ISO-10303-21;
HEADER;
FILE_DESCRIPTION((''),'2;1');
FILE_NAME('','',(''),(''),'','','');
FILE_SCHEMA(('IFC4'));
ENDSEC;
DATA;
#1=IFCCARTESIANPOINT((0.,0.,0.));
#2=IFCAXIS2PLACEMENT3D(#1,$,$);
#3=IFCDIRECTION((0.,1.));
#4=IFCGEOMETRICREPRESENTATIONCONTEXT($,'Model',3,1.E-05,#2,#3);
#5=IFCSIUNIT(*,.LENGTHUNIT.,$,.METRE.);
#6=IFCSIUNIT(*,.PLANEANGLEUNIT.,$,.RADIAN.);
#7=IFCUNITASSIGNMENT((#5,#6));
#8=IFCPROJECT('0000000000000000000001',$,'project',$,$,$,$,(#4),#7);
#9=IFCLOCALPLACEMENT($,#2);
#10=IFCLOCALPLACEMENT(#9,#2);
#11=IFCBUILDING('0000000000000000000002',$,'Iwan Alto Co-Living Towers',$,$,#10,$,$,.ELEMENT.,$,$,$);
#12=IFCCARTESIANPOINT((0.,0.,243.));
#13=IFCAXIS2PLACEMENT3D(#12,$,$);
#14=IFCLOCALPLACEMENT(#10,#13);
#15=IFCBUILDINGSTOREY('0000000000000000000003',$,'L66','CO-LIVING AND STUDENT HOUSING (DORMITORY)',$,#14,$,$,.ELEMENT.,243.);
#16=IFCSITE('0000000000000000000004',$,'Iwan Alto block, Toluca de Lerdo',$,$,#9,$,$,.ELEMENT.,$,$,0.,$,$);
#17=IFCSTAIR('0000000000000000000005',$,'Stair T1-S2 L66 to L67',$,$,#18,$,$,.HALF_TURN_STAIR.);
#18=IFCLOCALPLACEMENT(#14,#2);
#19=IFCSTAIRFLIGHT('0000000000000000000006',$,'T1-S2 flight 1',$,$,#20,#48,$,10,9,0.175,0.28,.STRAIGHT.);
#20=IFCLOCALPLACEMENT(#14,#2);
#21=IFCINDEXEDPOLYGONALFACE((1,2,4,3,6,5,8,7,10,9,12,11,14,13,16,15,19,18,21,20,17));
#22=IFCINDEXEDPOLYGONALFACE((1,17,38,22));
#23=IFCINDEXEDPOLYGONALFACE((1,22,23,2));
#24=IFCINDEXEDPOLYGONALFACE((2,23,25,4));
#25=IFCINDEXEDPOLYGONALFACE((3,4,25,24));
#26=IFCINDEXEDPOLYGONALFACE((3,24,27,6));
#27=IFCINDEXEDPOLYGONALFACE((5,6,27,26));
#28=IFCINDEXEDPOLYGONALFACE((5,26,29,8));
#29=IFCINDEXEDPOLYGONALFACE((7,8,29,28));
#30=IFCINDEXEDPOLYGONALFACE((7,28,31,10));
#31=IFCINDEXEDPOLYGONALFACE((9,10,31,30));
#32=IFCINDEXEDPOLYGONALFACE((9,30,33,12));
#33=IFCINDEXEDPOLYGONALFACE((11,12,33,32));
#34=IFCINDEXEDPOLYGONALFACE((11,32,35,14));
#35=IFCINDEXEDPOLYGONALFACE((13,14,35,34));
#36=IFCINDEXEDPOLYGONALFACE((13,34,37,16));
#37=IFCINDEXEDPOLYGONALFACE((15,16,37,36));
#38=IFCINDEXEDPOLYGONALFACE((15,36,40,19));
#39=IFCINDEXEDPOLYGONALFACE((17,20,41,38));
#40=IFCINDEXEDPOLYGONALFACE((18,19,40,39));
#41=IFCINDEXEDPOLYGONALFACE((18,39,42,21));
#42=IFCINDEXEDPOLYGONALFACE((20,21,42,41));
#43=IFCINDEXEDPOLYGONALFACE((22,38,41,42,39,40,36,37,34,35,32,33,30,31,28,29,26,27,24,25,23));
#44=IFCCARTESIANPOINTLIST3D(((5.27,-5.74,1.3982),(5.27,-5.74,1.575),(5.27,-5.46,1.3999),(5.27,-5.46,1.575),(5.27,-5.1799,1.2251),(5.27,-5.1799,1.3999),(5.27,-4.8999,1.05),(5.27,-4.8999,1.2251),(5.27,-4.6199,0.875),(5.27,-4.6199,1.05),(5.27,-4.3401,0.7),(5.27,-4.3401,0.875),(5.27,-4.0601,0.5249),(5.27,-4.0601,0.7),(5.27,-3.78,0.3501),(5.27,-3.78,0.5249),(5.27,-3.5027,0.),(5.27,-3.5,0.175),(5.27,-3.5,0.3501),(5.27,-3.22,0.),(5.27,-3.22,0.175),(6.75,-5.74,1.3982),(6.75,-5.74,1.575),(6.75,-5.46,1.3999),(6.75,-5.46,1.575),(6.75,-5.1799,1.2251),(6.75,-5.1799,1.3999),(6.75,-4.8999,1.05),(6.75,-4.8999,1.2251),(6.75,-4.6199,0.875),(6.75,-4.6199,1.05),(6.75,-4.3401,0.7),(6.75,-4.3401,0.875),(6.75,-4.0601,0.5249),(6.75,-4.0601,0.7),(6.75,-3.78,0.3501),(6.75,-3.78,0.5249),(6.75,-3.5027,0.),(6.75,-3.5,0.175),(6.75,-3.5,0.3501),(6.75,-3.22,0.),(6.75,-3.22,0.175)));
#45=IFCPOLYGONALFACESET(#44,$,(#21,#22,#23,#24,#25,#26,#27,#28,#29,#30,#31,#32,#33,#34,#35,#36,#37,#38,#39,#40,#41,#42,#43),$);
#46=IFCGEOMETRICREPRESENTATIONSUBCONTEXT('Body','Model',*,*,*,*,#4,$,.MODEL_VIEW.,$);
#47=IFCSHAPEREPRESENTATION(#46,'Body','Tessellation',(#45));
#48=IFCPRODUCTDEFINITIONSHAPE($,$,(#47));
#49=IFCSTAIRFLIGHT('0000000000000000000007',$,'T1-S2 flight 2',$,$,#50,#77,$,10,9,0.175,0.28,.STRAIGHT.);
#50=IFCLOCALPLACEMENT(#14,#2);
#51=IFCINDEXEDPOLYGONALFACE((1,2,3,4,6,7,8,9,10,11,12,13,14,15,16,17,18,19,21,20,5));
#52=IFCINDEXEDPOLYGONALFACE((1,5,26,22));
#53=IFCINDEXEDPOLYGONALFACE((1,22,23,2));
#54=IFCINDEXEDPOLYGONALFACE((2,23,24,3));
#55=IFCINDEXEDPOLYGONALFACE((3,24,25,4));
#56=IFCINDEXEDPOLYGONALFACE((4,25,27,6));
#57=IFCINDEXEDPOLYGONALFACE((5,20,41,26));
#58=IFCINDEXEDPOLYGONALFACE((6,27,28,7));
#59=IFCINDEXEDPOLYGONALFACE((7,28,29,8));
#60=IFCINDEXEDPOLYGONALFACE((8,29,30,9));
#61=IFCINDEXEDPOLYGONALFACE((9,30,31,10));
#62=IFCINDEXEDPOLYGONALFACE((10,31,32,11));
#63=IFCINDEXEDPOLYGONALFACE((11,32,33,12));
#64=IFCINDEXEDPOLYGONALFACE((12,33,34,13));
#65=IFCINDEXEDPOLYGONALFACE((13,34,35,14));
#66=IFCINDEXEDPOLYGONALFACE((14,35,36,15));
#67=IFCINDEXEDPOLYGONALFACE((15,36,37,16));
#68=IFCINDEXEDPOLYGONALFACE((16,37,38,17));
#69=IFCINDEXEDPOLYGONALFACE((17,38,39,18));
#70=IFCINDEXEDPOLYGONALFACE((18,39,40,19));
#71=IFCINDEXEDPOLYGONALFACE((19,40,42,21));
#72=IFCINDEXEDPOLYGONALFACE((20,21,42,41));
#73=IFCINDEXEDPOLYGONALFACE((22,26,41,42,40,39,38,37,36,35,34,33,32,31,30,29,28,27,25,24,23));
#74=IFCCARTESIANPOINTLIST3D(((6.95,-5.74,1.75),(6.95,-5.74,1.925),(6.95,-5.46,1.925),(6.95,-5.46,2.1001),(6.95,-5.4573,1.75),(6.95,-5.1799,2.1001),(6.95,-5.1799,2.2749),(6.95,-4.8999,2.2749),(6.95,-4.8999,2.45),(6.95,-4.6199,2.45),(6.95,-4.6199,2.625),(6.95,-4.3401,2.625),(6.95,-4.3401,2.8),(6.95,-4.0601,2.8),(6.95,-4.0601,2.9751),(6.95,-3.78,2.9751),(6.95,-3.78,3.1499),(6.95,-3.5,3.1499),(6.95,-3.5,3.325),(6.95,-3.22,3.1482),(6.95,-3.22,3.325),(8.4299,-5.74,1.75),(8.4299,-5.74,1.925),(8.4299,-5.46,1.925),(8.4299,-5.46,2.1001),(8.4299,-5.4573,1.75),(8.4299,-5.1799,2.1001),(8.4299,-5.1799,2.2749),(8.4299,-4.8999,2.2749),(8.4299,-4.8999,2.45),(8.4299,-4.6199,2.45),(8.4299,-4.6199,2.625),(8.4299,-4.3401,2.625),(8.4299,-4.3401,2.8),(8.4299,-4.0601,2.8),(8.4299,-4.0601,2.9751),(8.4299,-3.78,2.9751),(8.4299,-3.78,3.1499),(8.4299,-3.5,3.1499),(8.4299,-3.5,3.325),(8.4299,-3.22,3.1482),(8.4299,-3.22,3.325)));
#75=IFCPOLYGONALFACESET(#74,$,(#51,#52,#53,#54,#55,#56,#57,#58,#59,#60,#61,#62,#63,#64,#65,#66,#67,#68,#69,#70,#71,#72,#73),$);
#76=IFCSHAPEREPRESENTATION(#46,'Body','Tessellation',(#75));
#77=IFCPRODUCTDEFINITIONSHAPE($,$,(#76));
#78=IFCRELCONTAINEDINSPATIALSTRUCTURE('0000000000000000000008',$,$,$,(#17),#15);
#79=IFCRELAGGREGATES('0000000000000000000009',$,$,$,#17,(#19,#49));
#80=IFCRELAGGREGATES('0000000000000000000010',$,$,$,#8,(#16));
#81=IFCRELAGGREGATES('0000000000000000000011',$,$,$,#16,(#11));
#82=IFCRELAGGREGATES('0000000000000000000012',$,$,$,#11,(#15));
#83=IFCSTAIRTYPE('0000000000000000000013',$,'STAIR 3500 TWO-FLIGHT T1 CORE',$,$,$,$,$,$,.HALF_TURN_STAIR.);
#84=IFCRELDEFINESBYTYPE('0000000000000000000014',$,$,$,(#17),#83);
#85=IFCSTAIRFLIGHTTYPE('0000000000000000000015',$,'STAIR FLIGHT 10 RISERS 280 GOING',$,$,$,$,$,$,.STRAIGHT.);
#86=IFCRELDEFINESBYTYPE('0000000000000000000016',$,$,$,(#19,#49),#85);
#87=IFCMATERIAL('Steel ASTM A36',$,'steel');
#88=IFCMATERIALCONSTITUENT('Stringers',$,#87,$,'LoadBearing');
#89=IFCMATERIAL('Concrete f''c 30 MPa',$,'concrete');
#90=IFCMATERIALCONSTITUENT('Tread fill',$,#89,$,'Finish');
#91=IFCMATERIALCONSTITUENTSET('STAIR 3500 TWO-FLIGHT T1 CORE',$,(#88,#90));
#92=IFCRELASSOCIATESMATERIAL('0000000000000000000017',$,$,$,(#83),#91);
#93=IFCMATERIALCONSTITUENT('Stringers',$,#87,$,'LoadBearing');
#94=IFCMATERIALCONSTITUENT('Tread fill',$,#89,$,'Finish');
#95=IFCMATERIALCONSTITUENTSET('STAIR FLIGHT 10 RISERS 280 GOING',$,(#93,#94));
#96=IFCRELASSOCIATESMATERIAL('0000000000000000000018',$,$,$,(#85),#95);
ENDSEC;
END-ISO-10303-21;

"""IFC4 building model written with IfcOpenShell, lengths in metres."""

from ifc_helpers import new_model, si_unit, direction, frame, origin, place, context, subcontext, project, spatial, polyline, outline, extrude, material, constituent, constituent_set, type_object, element, aggregate, save


model = new_model("IFC4")

# Units and contexts
model_context = context("Model", 3, precision=1e-05, world=origin(), true_north=direction((0.0, 1.0)))
body_context = subcontext(model_context, "Body", "Model", "MODEL_VIEW")
ifc_project = project(units=[si_unit("LENGTHUNIT", "METRE"), si_unit("PLANEANGLEUNIT", "RADIAN")], contexts=[model_context])

# Site, building, storey
site_placement = place(None, origin())
site = spatial("IfcSite", under=ifc_project, at=site_placement, Name="Iwan Alto block, Toluca de Lerdo", CompositionType="ELEMENT", RefElevation=0.0)
building_placement = place(site_placement, origin())
building = spatial("IfcBuilding", under=site, at=building_placement, Name="Iwan Alto Co-Living Towers", CompositionType="ELEMENT")
storey_placement = place(building_placement, frame((0.0, 0.0, 243.0)))
storey = spatial("IfcBuildingStorey", under=building, at=storey_placement, Name="L66", Description="CO-LIVING AND STUDENT HOUSING (DORMITORY)", CompositionType="ELEMENT", Elevation=243.0)

# Shared definitions
ifc_material_1 = material(Name="Steel ASTM A36", Category="steel")
ifc_constituent_1 = constituent(ifc_material_1, Name="Stringers", Category="LoadBearing")
ifc_material_2 = material(Name="Concrete f'c 30 MPa", Category="concrete")
ifc_constituent_2 = constituent(ifc_material_2, Name="Tread fill", Category="Finish")
ifc_constituent_set_1 = constituent_set(constituents=[ifc_constituent_1, ifc_constituent_2], Name="STAIR 3500 TWO-FLIGHT T1 CORE")
stair_type = type_object("IfcStairType", Name="STAIR 3500 TWO-FLIGHT T1 CORE", PredefinedType="HALF_TURN_STAIR", material=ifc_constituent_set_1)

# Stair, stair flights
stair_1_placement = place(storey_placement, origin())
stair_1 = element("IfcStair", 1, at=stair_1_placement, inside=storey, type_object=stair_type, Name="Stair T1-S2 L66 to L67", PredefinedType="HALF_TURN_STAIR")
ifc_constituent_3 = constituent(ifc_material_1, Name="Stringers", Category="LoadBearing")
ifc_constituent_4 = constituent(ifc_material_2, Name="Tread fill", Category="Finish")
ifc_constituent_set_2 = constituent_set(constituents=[ifc_constituent_3, ifc_constituent_4], Name="STAIR FLIGHT 10 RISERS 280 GOING")
stair_flight_type = type_object("IfcStairFlightType", Name="STAIR FLIGHT 10 RISERS 280 GOING", PredefinedType="STRAIGHT", material=ifc_constituent_set_2)
stair_flight_1_placement = place(storey_placement, frame((6.01, -3.22, 0.0), z_axis=(0.0, 0.0, 1.0), x_axis=(0.0, -1.0, 0.0)))
stair_flight_1 = element("IfcStairFlight", 2, at=stair_flight_1_placement, type_object=stair_flight_type, Name="T1-S2 flight 1", NumberOfRisers=10, NumberOfTreads=9, PredefinedType="STRAIGHT", RiserHeight=0.175, TreadLength=0.28, context=body_context, shape_type="SweptSolid", body=[
    extrude(outline(polyline([(0.0, 0.0), (0.0, 0.175), (0.28, 0.175), (0.28, 0.3501), (0.5601, 0.3501), (0.5601, 0.5249), (0.8401, 0.5249), (0.8401, 0.7), (1.1201, 0.7), (1.1201, 0.875), (1.3999, 0.875), (1.3999, 1.05), (1.6799, 1.05), (1.6799, 1.2251), (1.96, 1.2251), (1.96, 1.3999), (2.24, 1.3999), (2.24, 1.575), (2.52, 1.575), (2.52, 1.75), (2.52, 1.3982), (0.2827, 0.0), (0.0, 0.0)])), frame((0.0, 0.74, 0.0), z_axis=(0.0, -1.0, 0.0), x_axis=(1.0, 0.0, 0.0)), (0.0, 0.0, 1.0), 1.48),
])
stair_flight_2_placement = place(storey_placement, frame((7.6899, -5.74, 1.75), z_axis=(0.0, 0.0, 1.0), x_axis=(0.0, 1.0, 0.0)))
stair_flight_2 = element("IfcStairFlight", 3, at=stair_flight_2_placement, type_object=stair_flight_type, Name="T1-S2 flight 2", NumberOfRisers=10, NumberOfTreads=9, PredefinedType="STRAIGHT", RiserHeight=0.175, TreadLength=0.28, context=body_context, shape_type="SweptSolid", body=[
    extrude(outline(polyline([(0.0, 0.0), (0.0, 0.175), (0.28, 0.175), (0.28, 0.3501), (0.5601, 0.3501), (0.5601, 0.5249), (0.8401, 0.5249), (0.8401, 0.7), (1.1201, 0.7), (1.1201, 0.875), (1.3999, 0.875), (1.3999, 1.05), (1.6799, 1.05), (1.6799, 1.2251), (1.96, 1.2251), (1.96, 1.3999), (2.24, 1.3999), (2.24, 1.575), (2.52, 1.575), (2.52, 1.75), (2.52, 1.3982), (0.2827, 0.0), (0.0, 0.0)])), frame((0.0, 0.74, 0.0), z_axis=(0.0, -1.0, 0.0), x_axis=(1.0, 0.0, 0.0)), (0.0, 0.0, 1.0), 1.48),
])
aggregate(stair_1, [stair_flight_1, stair_flight_2])

save(model, "model.ifc")
